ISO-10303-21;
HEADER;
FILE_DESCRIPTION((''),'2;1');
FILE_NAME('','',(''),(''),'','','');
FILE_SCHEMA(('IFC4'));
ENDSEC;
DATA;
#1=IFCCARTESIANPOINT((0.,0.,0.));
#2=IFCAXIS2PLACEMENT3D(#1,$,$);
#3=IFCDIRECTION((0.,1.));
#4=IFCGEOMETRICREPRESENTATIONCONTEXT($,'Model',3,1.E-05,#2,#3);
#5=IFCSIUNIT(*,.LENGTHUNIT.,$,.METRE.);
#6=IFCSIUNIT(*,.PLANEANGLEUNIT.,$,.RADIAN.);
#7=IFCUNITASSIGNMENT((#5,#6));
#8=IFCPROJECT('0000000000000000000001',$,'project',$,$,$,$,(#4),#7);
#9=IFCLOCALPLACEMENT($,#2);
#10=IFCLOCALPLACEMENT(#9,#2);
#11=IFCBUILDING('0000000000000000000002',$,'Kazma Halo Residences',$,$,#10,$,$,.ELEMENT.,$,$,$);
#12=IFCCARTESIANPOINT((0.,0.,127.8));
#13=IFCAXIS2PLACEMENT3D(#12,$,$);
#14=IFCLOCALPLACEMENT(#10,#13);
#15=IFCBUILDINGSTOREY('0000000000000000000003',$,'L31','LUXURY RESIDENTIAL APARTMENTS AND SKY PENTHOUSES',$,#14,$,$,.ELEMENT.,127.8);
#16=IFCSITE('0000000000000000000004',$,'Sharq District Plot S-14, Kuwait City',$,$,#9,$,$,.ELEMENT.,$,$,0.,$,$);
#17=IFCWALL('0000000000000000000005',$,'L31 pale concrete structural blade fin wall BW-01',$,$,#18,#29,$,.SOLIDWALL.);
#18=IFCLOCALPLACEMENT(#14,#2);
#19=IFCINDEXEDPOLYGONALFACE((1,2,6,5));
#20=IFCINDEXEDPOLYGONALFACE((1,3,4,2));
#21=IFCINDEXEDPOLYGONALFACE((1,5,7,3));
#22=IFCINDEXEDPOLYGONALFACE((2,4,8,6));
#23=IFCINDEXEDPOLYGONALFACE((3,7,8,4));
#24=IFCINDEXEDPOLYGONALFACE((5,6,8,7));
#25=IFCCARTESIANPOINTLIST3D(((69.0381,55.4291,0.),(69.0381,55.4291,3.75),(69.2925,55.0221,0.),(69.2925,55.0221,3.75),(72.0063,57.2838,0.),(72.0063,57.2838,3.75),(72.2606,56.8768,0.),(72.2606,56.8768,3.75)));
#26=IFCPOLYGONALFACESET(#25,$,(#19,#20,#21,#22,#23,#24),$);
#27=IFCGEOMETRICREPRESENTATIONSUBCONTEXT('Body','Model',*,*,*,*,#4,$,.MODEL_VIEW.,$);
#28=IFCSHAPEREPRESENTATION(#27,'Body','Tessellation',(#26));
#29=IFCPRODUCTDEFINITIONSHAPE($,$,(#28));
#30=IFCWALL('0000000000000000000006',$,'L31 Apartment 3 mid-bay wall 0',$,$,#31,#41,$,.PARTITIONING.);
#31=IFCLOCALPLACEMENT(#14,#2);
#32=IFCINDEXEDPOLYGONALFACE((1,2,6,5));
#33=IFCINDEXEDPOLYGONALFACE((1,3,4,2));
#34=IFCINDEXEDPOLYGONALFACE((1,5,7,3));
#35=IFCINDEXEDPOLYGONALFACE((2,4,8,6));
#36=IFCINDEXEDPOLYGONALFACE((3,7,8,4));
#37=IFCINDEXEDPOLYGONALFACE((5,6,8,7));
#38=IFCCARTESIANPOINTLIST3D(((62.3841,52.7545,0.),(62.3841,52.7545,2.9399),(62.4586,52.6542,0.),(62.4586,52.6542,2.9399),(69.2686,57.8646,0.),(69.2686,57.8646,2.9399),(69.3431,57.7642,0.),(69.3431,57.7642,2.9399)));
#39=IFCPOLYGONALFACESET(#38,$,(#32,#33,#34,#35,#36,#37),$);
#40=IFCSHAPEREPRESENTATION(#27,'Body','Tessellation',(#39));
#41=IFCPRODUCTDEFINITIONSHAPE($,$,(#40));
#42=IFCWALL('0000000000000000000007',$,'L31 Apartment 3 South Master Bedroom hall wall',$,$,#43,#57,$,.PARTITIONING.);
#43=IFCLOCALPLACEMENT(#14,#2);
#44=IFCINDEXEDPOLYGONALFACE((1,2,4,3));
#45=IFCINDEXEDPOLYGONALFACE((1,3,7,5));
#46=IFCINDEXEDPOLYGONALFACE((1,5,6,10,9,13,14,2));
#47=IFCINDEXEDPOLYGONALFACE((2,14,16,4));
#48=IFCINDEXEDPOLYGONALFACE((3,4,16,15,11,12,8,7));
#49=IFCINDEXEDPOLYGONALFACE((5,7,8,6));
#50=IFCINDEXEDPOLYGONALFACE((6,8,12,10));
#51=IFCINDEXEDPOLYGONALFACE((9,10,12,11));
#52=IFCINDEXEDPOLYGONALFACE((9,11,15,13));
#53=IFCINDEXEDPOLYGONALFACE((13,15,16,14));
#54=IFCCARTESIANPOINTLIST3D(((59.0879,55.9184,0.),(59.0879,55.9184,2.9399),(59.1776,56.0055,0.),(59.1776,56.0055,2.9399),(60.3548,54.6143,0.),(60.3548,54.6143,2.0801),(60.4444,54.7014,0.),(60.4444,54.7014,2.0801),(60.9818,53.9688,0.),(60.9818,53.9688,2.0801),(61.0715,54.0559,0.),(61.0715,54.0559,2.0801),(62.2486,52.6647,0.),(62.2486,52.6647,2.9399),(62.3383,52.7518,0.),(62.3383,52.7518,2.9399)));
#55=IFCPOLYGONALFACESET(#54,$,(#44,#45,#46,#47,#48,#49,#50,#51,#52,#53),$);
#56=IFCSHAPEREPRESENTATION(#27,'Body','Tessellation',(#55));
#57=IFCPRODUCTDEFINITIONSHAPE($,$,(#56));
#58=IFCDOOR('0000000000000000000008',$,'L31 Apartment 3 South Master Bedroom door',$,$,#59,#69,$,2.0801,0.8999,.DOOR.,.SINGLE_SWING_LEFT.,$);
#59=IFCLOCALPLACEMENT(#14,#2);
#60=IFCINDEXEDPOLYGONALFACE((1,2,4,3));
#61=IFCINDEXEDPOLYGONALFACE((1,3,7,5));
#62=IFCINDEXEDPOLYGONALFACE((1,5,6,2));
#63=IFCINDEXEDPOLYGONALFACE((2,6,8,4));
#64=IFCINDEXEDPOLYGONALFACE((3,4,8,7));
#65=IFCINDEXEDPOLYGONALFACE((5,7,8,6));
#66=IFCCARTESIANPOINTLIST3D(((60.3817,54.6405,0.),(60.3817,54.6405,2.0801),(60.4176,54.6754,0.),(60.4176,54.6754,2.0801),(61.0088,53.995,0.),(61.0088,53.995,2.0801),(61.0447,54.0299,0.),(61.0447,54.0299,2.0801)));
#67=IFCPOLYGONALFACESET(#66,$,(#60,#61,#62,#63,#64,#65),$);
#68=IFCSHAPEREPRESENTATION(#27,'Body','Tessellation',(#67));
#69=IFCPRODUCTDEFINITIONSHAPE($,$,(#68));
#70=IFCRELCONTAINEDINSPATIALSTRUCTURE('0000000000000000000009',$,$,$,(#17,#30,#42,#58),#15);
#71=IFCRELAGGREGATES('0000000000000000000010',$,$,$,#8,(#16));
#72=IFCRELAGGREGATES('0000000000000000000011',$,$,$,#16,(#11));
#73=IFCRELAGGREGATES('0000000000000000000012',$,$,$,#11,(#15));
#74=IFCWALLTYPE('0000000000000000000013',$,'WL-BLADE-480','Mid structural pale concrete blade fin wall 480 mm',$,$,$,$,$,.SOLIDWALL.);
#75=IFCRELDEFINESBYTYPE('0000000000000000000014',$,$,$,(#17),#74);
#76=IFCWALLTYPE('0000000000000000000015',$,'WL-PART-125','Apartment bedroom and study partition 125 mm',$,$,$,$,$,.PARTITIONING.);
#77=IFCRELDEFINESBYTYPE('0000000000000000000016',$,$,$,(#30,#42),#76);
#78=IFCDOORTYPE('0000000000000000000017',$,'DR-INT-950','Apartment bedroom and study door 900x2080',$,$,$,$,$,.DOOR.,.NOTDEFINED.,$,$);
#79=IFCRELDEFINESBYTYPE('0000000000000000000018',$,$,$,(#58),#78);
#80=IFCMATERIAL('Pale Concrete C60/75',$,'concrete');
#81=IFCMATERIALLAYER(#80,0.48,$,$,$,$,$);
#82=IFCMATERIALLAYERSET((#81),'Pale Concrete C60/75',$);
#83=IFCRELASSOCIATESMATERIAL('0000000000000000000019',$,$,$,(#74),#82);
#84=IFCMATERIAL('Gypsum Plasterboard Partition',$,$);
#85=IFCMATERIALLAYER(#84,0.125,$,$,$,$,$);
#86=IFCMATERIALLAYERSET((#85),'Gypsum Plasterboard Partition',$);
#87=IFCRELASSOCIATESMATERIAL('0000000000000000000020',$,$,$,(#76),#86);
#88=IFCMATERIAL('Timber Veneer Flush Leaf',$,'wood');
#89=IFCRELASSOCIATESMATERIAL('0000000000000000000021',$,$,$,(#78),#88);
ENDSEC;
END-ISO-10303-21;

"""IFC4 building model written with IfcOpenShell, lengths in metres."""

from ifc_helpers import new_model, si_unit, direction, frame, frame_2d, origin, place, context, subcontext, project, spatial, rectangle, extrude, material, layer, layer_set, type_object, element, fill, save


model = new_model("IFC4")

# Units and contexts
model_context = context("Model", 3, precision=1e-05, world=origin(), true_north=direction((0.0, 1.0)))
body_context = subcontext(model_context, "Body", "Model", "MODEL_VIEW")
ifc_project = project(units=[si_unit("LENGTHUNIT", "METRE"), si_unit("PLANEANGLEUNIT", "RADIAN")], contexts=[model_context])

# Site, building, storey
site_placement = place(None, origin())
site = spatial("IfcSite", under=ifc_project, at=site_placement, Name="Sharq District Plot S-14, Kuwait City", CompositionType="ELEMENT", RefElevation=0.0)
building_placement = place(site_placement, origin())
building = spatial("IfcBuilding", under=site, at=building_placement, Name="Kazma Halo Residences", CompositionType="ELEMENT")
storey_placement = place(building_placement, frame((0.0, 0.0, 127.8)))
storey = spatial("IfcBuildingStorey", under=building, at=storey_placement, Name="L31", Description="LUXURY RESIDENTIAL APARTMENTS AND SKY PENTHOUSES", CompositionType="ELEMENT", Elevation=127.8)

# Walls
ifc_material_1 = material(Name="Pale Concrete C60/75", Category="concrete")
ifc_layer_1 = layer(ifc_material_1, 0.48)
ifc_layer_set_1 = layer_set([ifc_layer_1], Name="Pale Concrete C60/75")
wall_type_1 = type_object("IfcWallType", Name="WL-BLADE-480", Description="Mid structural pale concrete blade fin wall 480 mm", PredefinedType="SOLIDWALL", material=ifc_layer_set_1)
wall_1_placement = place(storey_placement, frame((69.1653, 55.2256, 0.0), z_axis=(0.0, 0.0, 1.0), x_axis=(0.848053, 0.529911, 0.0)))
element("IfcWall", 1, at=wall_1_placement, inside=storey, type_object=wall_type_1, Name="L31 pale concrete structural blade fin wall BW-01", PredefinedType="SOLIDWALL", context=body_context, shape_type="SweptSolid", body=[
    extrude(rectangle(XDim=3.5, YDim=0.48, at=frame_2d((1.75, 0.0))), origin(), (0.0, 0.0, 1.0), 3.75),
])
ifc_material_2 = material(Name="Gypsum Plasterboard Partition")
ifc_layer_2 = layer(ifc_material_2, 0.125)
ifc_layer_set_2 = layer_set([ifc_layer_2], Name="Gypsum Plasterboard Partition")
wall_type_2 = type_object("IfcWallType", Name="WL-PART-125", Description="Apartment bedroom and study partition 125 mm", PredefinedType="PARTITIONING", material=ifc_layer_set_2)
wall_2_placement = place(storey_placement, frame((62.4214, 52.7043, 0.0), z_axis=(0.0, 0.0, 1.0), x_axis=(0.802973, 0.596015, 0.0)))
element("IfcWall", 2, at=wall_2_placement, inside=storey, type_object=wall_type_2, Name="L31 Apartment 3 mid-bay wall 0", PredefinedType="PARTITIONING", context=body_context, shape_type="SweptSolid", body=[
    extrude(rectangle(XDim=8.5737, YDim=0.125, at=frame_2d((4.2869, 0.0))), origin(), (0.0, 0.0, 1.0), 2.9399),
])

# Wall, opening, door
wall_3_placement = place(storey_placement, frame((62.2935, 52.7083, 0.0), z_axis=(0.0, 0.0, 1.0), x_axis=(-0.696779, 0.717286, 0.0)))
wall_3 = element("IfcWall", 3, at=wall_3_placement, inside=storey, type_object=wall_type_2, Name="L31 Apartment 3 South Master Bedroom hall wall", PredefinedType="PARTITIONING", context=body_context, shape_type="SweptSolid", body=[
    extrude(rectangle(XDim=4.5361, YDim=0.125, at=frame_2d((2.2681, 0.0))), origin(), (0.0, 0.0, 1.0), 2.9399),
])
opening_placement = place(wall_3_placement, frame((1.8181, 0.0, 0.0)))
opening = element("IfcOpeningElement", 4, at=opening_placement, cuts=wall_3, PredefinedType="OPENING", context=body_context, shape_type="SweptSolid", body=[
    extrude(rectangle(XDim=0.8999, YDim=2.0801, at=frame_2d((0.45, 1.04))), frame((0.0, 0.0725, 0.0), z_axis=(0.0, -1.0, 0.0), x_axis=(1.0, 0.0, 0.0)), (0.0, 0.0, 1.0), 0.145),
])
ifc_material_3 = material(Name="Timber Veneer Flush Leaf", Category="wood")
door_type = type_object("IfcDoorType", Name="DR-INT-950", Description="Apartment bedroom and study door 900x2080", OperationType="NOTDEFINED", PredefinedType="DOOR", material=ifc_material_3)
door_placement = place(opening_placement, origin())
door = element("IfcDoor", 5, at=door_placement, inside=storey, type_object=door_type, Name="L31 Apartment 3 South Master Bedroom door", OperationType="SINGLE_SWING_LEFT", OverallHeight=2.0801, OverallWidth=0.8999, PredefinedType="DOOR", context=body_context, shape_type="SweptSolid", body=[
    extrude(rectangle(XDim=0.8999, YDim=2.0801, at=frame_2d((0.45, 1.04))), frame((0.0, 0.0249, 0.0), z_axis=(0.0, -1.0, 0.0), x_axis=(1.0, 0.0, 0.0)), (0.0, 0.0, 1.0), 0.05),
])
fill(opening, door)

save(model, "model.ifc")
